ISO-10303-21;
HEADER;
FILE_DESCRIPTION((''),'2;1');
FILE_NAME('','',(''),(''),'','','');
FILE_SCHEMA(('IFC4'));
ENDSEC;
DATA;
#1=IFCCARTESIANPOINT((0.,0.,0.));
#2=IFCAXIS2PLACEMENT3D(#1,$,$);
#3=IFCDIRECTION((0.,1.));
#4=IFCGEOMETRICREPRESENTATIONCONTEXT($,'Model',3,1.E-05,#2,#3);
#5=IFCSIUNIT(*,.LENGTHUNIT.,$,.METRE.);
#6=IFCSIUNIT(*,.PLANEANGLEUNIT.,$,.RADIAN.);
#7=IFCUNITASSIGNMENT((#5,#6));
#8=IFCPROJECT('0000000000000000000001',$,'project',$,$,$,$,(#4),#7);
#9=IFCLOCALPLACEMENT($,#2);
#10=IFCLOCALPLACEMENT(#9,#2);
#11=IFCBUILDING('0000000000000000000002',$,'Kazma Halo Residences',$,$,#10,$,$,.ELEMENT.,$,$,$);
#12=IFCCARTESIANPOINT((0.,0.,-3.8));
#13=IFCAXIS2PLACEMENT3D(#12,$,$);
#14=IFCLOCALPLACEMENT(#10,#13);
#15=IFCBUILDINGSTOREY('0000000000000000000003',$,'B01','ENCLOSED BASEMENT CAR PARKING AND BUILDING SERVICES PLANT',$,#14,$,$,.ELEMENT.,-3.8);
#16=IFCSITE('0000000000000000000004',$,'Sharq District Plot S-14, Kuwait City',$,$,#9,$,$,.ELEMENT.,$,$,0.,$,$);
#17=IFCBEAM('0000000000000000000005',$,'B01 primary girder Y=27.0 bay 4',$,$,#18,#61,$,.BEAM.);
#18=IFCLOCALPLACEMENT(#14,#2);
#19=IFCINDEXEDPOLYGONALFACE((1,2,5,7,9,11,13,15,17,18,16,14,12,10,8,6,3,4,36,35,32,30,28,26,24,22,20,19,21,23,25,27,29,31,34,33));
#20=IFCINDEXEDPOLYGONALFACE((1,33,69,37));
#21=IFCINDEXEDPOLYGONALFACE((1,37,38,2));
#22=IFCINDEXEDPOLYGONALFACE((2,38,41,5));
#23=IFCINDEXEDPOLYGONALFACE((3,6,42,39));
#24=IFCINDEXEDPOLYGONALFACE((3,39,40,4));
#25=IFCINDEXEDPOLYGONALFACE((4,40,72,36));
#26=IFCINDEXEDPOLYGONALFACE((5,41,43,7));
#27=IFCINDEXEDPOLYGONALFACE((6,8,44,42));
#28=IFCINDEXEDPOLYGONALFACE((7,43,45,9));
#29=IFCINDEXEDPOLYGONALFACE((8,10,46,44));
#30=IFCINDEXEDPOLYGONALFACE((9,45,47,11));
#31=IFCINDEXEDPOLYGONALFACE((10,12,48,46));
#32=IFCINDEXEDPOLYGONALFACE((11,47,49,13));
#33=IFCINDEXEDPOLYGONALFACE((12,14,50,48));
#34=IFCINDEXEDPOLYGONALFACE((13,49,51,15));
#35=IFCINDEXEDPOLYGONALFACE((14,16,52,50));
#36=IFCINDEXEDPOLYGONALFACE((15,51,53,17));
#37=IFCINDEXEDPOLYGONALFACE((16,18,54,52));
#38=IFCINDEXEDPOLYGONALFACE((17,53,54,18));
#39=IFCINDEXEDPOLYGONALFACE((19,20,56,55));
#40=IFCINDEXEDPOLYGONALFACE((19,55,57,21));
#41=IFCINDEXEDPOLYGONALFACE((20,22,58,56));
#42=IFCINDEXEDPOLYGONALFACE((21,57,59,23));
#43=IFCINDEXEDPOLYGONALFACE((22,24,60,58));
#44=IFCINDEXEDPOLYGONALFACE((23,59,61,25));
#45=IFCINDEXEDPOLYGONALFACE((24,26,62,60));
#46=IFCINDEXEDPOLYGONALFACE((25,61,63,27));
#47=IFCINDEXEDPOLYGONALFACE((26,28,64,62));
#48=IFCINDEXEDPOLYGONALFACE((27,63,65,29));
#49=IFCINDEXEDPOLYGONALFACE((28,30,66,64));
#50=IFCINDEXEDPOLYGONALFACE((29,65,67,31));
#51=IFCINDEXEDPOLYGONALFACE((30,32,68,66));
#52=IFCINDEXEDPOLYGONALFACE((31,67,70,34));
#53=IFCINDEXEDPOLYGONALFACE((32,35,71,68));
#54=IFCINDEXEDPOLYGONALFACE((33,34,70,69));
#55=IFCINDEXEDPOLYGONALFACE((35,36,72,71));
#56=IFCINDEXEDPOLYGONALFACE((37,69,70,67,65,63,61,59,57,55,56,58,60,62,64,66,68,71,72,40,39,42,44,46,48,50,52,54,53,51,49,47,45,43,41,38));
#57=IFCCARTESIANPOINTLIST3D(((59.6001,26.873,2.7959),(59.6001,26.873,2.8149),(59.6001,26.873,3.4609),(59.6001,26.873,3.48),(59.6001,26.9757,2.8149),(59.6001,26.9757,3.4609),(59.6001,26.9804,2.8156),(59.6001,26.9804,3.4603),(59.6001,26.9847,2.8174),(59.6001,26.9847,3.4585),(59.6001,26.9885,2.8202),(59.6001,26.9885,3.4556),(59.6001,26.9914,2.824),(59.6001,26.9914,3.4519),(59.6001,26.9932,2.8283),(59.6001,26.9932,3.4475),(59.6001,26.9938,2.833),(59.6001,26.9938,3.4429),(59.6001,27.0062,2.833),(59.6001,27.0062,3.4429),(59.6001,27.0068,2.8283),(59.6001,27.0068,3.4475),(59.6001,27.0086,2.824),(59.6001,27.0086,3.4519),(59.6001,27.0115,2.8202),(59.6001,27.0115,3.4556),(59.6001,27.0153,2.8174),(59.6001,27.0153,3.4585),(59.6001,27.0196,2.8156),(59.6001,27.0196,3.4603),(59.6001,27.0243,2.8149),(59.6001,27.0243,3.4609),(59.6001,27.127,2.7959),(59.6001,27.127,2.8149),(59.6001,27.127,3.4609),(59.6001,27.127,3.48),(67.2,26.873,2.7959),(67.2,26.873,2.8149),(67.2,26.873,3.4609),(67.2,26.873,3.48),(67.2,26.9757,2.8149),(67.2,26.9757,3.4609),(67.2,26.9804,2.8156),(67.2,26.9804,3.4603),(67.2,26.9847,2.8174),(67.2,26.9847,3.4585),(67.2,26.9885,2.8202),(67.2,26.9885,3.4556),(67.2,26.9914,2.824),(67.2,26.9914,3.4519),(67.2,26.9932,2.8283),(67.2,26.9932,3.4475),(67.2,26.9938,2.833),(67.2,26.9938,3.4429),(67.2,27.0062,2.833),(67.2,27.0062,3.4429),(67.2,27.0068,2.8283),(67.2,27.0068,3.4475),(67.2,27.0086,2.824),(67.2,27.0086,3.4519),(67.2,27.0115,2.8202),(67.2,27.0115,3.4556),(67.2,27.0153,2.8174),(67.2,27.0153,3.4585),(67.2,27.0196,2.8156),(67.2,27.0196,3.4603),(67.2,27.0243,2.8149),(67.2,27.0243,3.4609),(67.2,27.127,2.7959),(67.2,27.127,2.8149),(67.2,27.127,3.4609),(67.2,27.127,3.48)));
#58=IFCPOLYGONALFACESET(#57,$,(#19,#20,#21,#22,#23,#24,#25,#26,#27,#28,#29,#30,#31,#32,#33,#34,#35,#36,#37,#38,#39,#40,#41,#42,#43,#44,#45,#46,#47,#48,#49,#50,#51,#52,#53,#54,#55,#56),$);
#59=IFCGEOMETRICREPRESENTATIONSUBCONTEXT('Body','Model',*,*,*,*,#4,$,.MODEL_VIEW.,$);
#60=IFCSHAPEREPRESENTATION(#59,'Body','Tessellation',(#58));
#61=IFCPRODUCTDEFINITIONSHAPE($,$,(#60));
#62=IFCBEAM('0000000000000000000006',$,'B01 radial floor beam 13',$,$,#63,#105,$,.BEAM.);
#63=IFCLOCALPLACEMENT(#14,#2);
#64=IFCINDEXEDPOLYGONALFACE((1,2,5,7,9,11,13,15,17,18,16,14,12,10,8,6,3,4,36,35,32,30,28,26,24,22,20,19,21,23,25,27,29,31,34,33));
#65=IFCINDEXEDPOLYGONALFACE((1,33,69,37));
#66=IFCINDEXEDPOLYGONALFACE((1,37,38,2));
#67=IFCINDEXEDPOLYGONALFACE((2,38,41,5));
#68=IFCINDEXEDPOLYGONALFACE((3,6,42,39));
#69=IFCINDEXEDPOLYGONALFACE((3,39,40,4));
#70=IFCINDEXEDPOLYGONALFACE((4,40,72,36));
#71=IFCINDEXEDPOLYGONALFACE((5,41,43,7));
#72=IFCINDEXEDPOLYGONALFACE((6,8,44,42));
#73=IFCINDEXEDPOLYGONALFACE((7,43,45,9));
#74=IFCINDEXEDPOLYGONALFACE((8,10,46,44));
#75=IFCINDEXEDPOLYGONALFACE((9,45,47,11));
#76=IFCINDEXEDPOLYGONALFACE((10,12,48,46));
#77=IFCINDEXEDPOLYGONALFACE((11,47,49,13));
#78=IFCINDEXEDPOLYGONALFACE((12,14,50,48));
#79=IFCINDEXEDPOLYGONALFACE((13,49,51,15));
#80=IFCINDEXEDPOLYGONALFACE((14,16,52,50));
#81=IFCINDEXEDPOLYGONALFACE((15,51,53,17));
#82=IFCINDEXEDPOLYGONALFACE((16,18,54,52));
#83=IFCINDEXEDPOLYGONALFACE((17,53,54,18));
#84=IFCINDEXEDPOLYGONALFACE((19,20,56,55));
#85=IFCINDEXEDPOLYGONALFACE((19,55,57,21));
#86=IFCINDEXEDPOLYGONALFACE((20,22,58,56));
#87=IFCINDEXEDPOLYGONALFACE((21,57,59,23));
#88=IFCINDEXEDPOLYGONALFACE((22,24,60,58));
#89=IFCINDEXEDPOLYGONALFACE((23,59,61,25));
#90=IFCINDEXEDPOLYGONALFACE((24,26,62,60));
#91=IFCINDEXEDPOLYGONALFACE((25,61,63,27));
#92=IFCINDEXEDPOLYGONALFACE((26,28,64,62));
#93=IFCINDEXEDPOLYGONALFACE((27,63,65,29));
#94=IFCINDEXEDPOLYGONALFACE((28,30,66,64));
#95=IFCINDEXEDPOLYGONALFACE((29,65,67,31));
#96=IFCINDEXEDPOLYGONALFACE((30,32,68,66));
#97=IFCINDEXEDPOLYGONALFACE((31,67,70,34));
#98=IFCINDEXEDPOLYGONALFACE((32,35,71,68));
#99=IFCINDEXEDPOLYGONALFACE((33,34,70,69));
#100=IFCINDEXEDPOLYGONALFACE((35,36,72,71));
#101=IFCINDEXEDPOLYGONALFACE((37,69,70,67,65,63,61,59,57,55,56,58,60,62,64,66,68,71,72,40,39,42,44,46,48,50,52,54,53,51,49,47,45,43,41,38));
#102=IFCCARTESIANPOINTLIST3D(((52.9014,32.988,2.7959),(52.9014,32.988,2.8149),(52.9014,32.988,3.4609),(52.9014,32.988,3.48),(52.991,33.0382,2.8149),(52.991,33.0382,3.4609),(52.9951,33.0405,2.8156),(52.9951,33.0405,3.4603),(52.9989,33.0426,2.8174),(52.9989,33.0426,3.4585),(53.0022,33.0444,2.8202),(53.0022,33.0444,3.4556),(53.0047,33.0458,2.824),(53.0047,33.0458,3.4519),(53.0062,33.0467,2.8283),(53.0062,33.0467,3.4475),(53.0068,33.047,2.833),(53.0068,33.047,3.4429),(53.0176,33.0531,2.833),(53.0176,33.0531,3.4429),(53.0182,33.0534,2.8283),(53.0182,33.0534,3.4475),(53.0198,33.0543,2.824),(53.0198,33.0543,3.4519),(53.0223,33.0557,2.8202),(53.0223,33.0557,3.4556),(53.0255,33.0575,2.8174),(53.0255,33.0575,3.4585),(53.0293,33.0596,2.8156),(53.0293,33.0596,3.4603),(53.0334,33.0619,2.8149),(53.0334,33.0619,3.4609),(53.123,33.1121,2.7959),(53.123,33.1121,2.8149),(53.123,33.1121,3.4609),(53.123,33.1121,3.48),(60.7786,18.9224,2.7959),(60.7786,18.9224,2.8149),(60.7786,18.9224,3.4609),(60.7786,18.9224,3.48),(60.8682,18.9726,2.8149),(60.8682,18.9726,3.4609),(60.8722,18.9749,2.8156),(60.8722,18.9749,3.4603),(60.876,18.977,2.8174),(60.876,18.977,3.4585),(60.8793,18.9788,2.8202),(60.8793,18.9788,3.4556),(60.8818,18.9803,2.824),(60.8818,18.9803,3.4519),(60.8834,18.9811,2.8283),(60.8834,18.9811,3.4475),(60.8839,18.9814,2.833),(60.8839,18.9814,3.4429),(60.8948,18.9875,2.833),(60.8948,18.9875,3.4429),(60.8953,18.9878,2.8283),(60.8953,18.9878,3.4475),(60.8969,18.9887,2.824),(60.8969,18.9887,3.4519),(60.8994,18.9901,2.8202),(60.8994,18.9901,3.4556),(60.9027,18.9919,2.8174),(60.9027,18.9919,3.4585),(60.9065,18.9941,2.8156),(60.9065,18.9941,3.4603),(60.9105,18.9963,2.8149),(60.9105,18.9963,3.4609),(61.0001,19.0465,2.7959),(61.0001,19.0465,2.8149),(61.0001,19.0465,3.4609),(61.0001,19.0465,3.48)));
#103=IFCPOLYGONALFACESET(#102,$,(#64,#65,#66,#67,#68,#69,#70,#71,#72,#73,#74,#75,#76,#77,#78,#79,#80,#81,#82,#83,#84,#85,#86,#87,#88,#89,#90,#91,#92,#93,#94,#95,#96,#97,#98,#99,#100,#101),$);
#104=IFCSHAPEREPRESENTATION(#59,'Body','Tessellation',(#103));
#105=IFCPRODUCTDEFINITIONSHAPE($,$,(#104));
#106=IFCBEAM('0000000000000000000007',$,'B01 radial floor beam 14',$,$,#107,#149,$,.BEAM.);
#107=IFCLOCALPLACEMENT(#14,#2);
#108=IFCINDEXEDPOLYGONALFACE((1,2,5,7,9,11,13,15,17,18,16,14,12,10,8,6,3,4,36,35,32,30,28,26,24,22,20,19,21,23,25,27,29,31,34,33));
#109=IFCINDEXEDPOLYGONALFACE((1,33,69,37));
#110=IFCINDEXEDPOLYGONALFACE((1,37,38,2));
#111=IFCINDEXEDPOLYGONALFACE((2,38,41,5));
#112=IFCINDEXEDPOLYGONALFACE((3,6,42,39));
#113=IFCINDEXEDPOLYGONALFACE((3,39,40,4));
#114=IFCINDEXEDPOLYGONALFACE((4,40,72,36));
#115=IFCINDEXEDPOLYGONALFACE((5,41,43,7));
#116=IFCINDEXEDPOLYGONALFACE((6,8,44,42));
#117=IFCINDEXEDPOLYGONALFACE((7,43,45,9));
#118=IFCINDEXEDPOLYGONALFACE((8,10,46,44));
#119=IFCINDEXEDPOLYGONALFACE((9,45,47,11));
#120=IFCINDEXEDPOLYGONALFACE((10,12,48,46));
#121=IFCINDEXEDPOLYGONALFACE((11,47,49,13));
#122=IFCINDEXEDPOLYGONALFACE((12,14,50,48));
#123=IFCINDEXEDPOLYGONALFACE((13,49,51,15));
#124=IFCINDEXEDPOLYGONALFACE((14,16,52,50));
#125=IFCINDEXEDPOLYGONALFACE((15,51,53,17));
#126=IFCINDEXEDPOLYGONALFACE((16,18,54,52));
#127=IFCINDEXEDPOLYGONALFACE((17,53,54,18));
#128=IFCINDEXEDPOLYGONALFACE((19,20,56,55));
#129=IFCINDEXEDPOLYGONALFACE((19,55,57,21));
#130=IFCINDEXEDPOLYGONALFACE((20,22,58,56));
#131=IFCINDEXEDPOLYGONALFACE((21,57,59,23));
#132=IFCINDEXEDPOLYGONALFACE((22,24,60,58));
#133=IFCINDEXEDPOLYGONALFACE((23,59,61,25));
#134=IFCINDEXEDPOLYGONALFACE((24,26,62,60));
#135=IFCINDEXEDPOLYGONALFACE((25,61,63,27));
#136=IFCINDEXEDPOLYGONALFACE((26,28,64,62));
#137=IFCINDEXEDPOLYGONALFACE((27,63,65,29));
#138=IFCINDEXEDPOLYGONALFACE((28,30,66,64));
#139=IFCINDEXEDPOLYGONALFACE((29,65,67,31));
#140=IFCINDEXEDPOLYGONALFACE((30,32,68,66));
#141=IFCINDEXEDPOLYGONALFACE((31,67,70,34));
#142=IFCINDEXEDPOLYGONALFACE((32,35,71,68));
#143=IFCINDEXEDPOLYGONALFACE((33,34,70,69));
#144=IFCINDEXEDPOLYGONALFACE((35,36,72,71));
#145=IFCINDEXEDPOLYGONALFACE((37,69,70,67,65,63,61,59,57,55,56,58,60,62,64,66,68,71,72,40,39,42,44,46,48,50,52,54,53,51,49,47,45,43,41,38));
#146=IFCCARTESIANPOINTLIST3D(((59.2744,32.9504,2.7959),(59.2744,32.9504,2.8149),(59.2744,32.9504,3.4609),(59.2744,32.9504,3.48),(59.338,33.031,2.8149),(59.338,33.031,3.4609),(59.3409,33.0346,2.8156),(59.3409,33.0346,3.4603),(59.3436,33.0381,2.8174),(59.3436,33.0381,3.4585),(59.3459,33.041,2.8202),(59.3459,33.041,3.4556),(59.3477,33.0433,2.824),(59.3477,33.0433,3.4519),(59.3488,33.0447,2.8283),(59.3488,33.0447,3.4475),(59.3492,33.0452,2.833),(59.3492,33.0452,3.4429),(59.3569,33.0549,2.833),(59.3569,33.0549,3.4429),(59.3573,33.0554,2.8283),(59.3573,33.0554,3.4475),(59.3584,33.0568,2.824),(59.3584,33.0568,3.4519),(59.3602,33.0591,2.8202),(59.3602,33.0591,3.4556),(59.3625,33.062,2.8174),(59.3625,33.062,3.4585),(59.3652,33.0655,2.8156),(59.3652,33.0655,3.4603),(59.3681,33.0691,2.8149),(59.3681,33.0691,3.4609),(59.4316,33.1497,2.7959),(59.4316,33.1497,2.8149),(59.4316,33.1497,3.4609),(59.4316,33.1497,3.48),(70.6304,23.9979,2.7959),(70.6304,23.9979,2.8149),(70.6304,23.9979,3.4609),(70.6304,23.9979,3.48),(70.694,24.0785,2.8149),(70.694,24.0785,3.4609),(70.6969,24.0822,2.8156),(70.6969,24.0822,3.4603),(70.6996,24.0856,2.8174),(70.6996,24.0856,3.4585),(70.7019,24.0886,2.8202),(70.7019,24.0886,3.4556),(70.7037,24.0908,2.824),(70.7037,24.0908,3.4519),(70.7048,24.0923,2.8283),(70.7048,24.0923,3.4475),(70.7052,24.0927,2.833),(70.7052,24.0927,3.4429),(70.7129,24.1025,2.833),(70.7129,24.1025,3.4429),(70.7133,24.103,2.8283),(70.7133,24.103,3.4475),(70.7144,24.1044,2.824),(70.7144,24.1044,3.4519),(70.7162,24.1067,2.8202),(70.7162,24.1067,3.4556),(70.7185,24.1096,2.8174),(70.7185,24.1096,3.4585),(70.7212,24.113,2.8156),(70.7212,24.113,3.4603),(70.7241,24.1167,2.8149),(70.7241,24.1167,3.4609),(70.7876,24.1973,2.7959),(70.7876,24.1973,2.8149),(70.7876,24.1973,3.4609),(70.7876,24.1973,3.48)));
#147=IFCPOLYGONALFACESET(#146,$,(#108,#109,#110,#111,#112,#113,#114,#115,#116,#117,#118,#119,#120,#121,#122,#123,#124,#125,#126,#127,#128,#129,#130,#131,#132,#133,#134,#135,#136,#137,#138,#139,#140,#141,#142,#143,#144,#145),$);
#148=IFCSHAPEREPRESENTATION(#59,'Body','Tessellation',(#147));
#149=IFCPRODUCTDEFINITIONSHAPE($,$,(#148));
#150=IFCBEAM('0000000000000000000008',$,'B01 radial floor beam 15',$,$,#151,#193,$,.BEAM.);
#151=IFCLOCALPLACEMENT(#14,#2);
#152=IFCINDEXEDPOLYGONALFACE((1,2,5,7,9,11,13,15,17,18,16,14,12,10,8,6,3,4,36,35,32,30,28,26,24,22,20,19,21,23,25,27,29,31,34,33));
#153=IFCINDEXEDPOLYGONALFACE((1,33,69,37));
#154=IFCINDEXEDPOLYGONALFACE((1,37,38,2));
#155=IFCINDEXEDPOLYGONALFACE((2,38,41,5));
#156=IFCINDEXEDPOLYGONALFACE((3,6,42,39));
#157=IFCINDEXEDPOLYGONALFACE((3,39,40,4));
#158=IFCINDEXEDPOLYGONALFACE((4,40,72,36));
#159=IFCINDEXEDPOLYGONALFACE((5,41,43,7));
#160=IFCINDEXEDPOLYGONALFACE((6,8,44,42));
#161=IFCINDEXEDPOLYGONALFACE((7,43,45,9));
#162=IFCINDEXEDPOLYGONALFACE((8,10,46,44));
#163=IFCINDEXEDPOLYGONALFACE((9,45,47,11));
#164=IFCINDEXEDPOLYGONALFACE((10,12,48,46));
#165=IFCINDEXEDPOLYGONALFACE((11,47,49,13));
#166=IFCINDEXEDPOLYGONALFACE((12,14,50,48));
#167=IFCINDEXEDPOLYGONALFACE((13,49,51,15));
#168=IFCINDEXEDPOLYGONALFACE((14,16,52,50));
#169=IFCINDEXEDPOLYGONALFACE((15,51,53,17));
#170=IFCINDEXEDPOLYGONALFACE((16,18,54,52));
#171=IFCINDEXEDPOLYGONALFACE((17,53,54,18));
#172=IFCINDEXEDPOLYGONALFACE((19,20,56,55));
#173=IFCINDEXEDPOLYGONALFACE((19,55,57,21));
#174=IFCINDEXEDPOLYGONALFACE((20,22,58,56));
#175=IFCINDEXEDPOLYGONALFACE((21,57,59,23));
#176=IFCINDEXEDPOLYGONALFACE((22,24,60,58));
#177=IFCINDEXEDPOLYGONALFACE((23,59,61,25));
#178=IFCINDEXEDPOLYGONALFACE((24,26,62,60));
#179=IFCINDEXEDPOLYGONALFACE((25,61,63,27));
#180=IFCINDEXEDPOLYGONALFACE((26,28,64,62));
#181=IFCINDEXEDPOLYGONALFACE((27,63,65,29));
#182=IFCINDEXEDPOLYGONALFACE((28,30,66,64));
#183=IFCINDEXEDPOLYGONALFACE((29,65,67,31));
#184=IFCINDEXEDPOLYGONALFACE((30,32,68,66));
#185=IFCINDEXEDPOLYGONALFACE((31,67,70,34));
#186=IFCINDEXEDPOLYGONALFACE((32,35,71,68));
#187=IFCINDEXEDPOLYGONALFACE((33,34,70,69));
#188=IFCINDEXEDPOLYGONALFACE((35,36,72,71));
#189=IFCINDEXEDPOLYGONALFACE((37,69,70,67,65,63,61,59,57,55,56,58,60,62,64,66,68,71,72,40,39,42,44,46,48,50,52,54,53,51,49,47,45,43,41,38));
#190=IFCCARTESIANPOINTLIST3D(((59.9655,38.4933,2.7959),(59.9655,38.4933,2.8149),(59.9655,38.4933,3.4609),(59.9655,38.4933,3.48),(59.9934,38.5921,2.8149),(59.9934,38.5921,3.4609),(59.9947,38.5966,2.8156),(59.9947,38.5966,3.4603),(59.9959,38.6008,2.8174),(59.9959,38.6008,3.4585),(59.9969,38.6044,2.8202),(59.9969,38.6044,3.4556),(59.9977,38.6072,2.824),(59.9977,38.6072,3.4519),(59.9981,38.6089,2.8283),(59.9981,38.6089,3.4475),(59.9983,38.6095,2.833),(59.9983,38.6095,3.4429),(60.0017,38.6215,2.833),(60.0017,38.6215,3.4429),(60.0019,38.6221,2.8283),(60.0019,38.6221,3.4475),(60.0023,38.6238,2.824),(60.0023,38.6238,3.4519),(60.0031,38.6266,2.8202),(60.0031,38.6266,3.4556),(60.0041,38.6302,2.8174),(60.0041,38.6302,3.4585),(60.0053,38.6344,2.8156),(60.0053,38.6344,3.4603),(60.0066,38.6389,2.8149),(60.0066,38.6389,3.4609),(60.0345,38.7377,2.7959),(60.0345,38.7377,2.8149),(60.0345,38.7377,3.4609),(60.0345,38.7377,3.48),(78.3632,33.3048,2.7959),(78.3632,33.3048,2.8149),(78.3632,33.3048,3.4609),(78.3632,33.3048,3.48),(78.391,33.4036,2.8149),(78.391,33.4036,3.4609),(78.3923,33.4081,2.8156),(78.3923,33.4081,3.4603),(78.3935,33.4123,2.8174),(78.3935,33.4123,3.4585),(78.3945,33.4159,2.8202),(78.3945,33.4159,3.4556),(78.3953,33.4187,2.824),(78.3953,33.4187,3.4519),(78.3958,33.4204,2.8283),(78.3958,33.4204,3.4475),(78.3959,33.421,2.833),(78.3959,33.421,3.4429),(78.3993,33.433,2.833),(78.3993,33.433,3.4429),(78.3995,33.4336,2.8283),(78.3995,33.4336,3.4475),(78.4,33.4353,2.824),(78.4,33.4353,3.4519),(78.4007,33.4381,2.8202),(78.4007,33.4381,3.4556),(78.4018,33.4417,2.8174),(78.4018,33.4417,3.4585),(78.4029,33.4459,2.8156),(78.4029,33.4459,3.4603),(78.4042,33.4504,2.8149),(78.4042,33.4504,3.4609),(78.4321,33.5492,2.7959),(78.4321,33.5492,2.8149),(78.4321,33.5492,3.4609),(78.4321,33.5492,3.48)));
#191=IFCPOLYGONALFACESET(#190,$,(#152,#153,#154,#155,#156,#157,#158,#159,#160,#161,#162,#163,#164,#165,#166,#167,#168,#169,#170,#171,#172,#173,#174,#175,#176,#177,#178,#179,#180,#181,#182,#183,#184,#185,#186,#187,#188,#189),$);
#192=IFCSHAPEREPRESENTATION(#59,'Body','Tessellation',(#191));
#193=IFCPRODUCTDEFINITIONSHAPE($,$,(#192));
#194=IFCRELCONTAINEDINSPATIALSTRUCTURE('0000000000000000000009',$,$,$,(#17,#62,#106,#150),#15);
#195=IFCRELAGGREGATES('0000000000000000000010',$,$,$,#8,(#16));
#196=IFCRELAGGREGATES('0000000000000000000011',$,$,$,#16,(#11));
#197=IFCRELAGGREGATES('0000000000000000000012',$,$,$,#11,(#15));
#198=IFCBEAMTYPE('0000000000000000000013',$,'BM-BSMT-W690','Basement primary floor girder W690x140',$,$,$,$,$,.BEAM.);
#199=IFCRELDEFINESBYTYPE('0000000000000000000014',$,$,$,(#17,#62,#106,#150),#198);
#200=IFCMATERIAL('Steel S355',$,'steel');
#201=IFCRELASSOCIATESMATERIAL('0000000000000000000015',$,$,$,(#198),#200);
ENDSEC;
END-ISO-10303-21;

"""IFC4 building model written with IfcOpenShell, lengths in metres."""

from ifc_helpers import new_model, si_unit, direction, frame, origin, origin_2d, place, context, subcontext, project, spatial, i_section, extrude, material, material_profile, profile_set, type_object, element, save


model = new_model("IFC4")

# Units and contexts
model_context = context("Model", 3, precision=1e-05, world=origin(), true_north=direction((0.0, 1.0)))
body_context = subcontext(model_context, "Body", "Model", "MODEL_VIEW")
ifc_project = project(units=[si_unit("LENGTHUNIT", "METRE"), si_unit("PLANEANGLEUNIT", "RADIAN")], contexts=[model_context])

# Site, building, storey
site_placement = place(None, origin())
site = spatial("IfcSite", under=ifc_project, at=site_placement, Name="Sharq District Plot S-14, Kuwait City", CompositionType="ELEMENT", RefElevation=0.0)
building_placement = place(site_placement, origin())
building = spatial("IfcBuilding", under=site, at=building_placement, Name="Kazma Halo Residences", CompositionType="ELEMENT")
storey_placement = place(building_placement, frame((0.0, 0.0, -3.8)))
storey = spatial("IfcBuildingStorey", under=building, at=storey_placement, Name="B01", Description="ENCLOSED BASEMENT CAR PARKING AND BUILDING SERVICES PLANT", CompositionType="ELEMENT", Elevation=-3.8)

# Shared definitions
ifc_material_1 = material(Name="Steel S355", Category="steel")

# Beams
ifc_material_profile_1 = material_profile(ifc_material_1, i_section(OverallWidth=0.2539, OverallDepth=0.6841, WebThickness=0.0125, FlangeThickness=0.019, FilletRadius=0.0181, at=origin_2d()), Name="W690x140")
ifc_profile_set_1 = profile_set([ifc_material_profile_1], Name="Steel S355")
beam_type_1 = type_object("IfcBeamType", Name="BM-BSMT-W690", Description="Basement primary floor girder W690x140", PredefinedType="BEAM", material=ifc_profile_set_1)
for number, where, z_axis, x_axis, name in (
    (1, (59.6001, 27.0, 3.1379), (1.0, 0.0, 0.0), (0.0, 1.0, 0.0), "B01 primary girder Y=27.0 bay 4"),
):
    element("IfcBeam", number, at=place(storey_placement, frame(where, z_axis=z_axis, x_axis=x_axis)), inside=storey, type_object=beam_type_1, Name=name, PredefinedType="BEAM", context=body_context, shape_type="SweptSolid", body=[
        extrude(i_section(OverallWidth=0.2539, OverallDepth=0.6841, WebThickness=0.0125, FlangeThickness=0.019, FilletRadius=0.0181, at=origin_2d()), origin(), (0.0, 0.0, 1.0), 7.5999),
    ])
beam_1_placement = place(storey_placement, frame((53.0122, 33.05, 3.1379), z_axis=(0.488623, -0.872495, 0.0), x_axis=(0.872495, 0.488623, 0.0)))
element("IfcBeam", 2, at=beam_1_placement, inside=storey, type_object=beam_type_1, Name="B01 radial floor beam 13", PredefinedType="BEAM", context=body_context, shape_type="SweptSolid", body=[
    extrude(i_section(OverallWidth=0.2539, OverallDepth=0.6841, WebThickness=0.0125, FlangeThickness=0.019, FilletRadius=0.0181, at=origin_2d()), origin(), (0.0, 0.0, 1.0), 16.1211),
])
beam_2_placement = place(storey_placement, frame((59.353, 33.05, 3.1379), z_axis=(0.785314, -0.619097, 0.0), x_axis=(0.619097, 0.785314, 0.0)))
element("IfcBeam", 3, at=beam_2_placement, inside=storey, type_object=beam_type_1, Name="B01 radial floor beam 14", PredefinedType="BEAM", context=body_context, shape_type="SweptSolid", body=[
    extrude(i_section(OverallWidth=0.2539, OverallDepth=0.6841, WebThickness=0.0125, FlangeThickness=0.019, FilletRadius=0.0181, at=origin_2d()), origin(), (0.0, 0.0, 1.0), 14.4604),
])
beam_3_placement = place(storey_placement, frame((60.0, 38.6155, 3.1379), z_axis=(0.962458, -0.27143, 0.0), x_axis=(0.27143, 0.962458, 0.0)))
element("IfcBeam", 4, at=beam_3_placement, inside=storey, type_object=beam_type_1, Name="B01 radial floor beam 15", PredefinedType="BEAM", context=body_context, shape_type="SweptSolid", body=[
    extrude(i_section(OverallWidth=0.2539, OverallDepth=0.6841, WebThickness=0.0125, FlangeThickness=0.019, FilletRadius=0.0181, at=origin_2d()), origin(), (0.0, 0.0, 1.0), 19.1152),
])

save(model, "model.ifc")
